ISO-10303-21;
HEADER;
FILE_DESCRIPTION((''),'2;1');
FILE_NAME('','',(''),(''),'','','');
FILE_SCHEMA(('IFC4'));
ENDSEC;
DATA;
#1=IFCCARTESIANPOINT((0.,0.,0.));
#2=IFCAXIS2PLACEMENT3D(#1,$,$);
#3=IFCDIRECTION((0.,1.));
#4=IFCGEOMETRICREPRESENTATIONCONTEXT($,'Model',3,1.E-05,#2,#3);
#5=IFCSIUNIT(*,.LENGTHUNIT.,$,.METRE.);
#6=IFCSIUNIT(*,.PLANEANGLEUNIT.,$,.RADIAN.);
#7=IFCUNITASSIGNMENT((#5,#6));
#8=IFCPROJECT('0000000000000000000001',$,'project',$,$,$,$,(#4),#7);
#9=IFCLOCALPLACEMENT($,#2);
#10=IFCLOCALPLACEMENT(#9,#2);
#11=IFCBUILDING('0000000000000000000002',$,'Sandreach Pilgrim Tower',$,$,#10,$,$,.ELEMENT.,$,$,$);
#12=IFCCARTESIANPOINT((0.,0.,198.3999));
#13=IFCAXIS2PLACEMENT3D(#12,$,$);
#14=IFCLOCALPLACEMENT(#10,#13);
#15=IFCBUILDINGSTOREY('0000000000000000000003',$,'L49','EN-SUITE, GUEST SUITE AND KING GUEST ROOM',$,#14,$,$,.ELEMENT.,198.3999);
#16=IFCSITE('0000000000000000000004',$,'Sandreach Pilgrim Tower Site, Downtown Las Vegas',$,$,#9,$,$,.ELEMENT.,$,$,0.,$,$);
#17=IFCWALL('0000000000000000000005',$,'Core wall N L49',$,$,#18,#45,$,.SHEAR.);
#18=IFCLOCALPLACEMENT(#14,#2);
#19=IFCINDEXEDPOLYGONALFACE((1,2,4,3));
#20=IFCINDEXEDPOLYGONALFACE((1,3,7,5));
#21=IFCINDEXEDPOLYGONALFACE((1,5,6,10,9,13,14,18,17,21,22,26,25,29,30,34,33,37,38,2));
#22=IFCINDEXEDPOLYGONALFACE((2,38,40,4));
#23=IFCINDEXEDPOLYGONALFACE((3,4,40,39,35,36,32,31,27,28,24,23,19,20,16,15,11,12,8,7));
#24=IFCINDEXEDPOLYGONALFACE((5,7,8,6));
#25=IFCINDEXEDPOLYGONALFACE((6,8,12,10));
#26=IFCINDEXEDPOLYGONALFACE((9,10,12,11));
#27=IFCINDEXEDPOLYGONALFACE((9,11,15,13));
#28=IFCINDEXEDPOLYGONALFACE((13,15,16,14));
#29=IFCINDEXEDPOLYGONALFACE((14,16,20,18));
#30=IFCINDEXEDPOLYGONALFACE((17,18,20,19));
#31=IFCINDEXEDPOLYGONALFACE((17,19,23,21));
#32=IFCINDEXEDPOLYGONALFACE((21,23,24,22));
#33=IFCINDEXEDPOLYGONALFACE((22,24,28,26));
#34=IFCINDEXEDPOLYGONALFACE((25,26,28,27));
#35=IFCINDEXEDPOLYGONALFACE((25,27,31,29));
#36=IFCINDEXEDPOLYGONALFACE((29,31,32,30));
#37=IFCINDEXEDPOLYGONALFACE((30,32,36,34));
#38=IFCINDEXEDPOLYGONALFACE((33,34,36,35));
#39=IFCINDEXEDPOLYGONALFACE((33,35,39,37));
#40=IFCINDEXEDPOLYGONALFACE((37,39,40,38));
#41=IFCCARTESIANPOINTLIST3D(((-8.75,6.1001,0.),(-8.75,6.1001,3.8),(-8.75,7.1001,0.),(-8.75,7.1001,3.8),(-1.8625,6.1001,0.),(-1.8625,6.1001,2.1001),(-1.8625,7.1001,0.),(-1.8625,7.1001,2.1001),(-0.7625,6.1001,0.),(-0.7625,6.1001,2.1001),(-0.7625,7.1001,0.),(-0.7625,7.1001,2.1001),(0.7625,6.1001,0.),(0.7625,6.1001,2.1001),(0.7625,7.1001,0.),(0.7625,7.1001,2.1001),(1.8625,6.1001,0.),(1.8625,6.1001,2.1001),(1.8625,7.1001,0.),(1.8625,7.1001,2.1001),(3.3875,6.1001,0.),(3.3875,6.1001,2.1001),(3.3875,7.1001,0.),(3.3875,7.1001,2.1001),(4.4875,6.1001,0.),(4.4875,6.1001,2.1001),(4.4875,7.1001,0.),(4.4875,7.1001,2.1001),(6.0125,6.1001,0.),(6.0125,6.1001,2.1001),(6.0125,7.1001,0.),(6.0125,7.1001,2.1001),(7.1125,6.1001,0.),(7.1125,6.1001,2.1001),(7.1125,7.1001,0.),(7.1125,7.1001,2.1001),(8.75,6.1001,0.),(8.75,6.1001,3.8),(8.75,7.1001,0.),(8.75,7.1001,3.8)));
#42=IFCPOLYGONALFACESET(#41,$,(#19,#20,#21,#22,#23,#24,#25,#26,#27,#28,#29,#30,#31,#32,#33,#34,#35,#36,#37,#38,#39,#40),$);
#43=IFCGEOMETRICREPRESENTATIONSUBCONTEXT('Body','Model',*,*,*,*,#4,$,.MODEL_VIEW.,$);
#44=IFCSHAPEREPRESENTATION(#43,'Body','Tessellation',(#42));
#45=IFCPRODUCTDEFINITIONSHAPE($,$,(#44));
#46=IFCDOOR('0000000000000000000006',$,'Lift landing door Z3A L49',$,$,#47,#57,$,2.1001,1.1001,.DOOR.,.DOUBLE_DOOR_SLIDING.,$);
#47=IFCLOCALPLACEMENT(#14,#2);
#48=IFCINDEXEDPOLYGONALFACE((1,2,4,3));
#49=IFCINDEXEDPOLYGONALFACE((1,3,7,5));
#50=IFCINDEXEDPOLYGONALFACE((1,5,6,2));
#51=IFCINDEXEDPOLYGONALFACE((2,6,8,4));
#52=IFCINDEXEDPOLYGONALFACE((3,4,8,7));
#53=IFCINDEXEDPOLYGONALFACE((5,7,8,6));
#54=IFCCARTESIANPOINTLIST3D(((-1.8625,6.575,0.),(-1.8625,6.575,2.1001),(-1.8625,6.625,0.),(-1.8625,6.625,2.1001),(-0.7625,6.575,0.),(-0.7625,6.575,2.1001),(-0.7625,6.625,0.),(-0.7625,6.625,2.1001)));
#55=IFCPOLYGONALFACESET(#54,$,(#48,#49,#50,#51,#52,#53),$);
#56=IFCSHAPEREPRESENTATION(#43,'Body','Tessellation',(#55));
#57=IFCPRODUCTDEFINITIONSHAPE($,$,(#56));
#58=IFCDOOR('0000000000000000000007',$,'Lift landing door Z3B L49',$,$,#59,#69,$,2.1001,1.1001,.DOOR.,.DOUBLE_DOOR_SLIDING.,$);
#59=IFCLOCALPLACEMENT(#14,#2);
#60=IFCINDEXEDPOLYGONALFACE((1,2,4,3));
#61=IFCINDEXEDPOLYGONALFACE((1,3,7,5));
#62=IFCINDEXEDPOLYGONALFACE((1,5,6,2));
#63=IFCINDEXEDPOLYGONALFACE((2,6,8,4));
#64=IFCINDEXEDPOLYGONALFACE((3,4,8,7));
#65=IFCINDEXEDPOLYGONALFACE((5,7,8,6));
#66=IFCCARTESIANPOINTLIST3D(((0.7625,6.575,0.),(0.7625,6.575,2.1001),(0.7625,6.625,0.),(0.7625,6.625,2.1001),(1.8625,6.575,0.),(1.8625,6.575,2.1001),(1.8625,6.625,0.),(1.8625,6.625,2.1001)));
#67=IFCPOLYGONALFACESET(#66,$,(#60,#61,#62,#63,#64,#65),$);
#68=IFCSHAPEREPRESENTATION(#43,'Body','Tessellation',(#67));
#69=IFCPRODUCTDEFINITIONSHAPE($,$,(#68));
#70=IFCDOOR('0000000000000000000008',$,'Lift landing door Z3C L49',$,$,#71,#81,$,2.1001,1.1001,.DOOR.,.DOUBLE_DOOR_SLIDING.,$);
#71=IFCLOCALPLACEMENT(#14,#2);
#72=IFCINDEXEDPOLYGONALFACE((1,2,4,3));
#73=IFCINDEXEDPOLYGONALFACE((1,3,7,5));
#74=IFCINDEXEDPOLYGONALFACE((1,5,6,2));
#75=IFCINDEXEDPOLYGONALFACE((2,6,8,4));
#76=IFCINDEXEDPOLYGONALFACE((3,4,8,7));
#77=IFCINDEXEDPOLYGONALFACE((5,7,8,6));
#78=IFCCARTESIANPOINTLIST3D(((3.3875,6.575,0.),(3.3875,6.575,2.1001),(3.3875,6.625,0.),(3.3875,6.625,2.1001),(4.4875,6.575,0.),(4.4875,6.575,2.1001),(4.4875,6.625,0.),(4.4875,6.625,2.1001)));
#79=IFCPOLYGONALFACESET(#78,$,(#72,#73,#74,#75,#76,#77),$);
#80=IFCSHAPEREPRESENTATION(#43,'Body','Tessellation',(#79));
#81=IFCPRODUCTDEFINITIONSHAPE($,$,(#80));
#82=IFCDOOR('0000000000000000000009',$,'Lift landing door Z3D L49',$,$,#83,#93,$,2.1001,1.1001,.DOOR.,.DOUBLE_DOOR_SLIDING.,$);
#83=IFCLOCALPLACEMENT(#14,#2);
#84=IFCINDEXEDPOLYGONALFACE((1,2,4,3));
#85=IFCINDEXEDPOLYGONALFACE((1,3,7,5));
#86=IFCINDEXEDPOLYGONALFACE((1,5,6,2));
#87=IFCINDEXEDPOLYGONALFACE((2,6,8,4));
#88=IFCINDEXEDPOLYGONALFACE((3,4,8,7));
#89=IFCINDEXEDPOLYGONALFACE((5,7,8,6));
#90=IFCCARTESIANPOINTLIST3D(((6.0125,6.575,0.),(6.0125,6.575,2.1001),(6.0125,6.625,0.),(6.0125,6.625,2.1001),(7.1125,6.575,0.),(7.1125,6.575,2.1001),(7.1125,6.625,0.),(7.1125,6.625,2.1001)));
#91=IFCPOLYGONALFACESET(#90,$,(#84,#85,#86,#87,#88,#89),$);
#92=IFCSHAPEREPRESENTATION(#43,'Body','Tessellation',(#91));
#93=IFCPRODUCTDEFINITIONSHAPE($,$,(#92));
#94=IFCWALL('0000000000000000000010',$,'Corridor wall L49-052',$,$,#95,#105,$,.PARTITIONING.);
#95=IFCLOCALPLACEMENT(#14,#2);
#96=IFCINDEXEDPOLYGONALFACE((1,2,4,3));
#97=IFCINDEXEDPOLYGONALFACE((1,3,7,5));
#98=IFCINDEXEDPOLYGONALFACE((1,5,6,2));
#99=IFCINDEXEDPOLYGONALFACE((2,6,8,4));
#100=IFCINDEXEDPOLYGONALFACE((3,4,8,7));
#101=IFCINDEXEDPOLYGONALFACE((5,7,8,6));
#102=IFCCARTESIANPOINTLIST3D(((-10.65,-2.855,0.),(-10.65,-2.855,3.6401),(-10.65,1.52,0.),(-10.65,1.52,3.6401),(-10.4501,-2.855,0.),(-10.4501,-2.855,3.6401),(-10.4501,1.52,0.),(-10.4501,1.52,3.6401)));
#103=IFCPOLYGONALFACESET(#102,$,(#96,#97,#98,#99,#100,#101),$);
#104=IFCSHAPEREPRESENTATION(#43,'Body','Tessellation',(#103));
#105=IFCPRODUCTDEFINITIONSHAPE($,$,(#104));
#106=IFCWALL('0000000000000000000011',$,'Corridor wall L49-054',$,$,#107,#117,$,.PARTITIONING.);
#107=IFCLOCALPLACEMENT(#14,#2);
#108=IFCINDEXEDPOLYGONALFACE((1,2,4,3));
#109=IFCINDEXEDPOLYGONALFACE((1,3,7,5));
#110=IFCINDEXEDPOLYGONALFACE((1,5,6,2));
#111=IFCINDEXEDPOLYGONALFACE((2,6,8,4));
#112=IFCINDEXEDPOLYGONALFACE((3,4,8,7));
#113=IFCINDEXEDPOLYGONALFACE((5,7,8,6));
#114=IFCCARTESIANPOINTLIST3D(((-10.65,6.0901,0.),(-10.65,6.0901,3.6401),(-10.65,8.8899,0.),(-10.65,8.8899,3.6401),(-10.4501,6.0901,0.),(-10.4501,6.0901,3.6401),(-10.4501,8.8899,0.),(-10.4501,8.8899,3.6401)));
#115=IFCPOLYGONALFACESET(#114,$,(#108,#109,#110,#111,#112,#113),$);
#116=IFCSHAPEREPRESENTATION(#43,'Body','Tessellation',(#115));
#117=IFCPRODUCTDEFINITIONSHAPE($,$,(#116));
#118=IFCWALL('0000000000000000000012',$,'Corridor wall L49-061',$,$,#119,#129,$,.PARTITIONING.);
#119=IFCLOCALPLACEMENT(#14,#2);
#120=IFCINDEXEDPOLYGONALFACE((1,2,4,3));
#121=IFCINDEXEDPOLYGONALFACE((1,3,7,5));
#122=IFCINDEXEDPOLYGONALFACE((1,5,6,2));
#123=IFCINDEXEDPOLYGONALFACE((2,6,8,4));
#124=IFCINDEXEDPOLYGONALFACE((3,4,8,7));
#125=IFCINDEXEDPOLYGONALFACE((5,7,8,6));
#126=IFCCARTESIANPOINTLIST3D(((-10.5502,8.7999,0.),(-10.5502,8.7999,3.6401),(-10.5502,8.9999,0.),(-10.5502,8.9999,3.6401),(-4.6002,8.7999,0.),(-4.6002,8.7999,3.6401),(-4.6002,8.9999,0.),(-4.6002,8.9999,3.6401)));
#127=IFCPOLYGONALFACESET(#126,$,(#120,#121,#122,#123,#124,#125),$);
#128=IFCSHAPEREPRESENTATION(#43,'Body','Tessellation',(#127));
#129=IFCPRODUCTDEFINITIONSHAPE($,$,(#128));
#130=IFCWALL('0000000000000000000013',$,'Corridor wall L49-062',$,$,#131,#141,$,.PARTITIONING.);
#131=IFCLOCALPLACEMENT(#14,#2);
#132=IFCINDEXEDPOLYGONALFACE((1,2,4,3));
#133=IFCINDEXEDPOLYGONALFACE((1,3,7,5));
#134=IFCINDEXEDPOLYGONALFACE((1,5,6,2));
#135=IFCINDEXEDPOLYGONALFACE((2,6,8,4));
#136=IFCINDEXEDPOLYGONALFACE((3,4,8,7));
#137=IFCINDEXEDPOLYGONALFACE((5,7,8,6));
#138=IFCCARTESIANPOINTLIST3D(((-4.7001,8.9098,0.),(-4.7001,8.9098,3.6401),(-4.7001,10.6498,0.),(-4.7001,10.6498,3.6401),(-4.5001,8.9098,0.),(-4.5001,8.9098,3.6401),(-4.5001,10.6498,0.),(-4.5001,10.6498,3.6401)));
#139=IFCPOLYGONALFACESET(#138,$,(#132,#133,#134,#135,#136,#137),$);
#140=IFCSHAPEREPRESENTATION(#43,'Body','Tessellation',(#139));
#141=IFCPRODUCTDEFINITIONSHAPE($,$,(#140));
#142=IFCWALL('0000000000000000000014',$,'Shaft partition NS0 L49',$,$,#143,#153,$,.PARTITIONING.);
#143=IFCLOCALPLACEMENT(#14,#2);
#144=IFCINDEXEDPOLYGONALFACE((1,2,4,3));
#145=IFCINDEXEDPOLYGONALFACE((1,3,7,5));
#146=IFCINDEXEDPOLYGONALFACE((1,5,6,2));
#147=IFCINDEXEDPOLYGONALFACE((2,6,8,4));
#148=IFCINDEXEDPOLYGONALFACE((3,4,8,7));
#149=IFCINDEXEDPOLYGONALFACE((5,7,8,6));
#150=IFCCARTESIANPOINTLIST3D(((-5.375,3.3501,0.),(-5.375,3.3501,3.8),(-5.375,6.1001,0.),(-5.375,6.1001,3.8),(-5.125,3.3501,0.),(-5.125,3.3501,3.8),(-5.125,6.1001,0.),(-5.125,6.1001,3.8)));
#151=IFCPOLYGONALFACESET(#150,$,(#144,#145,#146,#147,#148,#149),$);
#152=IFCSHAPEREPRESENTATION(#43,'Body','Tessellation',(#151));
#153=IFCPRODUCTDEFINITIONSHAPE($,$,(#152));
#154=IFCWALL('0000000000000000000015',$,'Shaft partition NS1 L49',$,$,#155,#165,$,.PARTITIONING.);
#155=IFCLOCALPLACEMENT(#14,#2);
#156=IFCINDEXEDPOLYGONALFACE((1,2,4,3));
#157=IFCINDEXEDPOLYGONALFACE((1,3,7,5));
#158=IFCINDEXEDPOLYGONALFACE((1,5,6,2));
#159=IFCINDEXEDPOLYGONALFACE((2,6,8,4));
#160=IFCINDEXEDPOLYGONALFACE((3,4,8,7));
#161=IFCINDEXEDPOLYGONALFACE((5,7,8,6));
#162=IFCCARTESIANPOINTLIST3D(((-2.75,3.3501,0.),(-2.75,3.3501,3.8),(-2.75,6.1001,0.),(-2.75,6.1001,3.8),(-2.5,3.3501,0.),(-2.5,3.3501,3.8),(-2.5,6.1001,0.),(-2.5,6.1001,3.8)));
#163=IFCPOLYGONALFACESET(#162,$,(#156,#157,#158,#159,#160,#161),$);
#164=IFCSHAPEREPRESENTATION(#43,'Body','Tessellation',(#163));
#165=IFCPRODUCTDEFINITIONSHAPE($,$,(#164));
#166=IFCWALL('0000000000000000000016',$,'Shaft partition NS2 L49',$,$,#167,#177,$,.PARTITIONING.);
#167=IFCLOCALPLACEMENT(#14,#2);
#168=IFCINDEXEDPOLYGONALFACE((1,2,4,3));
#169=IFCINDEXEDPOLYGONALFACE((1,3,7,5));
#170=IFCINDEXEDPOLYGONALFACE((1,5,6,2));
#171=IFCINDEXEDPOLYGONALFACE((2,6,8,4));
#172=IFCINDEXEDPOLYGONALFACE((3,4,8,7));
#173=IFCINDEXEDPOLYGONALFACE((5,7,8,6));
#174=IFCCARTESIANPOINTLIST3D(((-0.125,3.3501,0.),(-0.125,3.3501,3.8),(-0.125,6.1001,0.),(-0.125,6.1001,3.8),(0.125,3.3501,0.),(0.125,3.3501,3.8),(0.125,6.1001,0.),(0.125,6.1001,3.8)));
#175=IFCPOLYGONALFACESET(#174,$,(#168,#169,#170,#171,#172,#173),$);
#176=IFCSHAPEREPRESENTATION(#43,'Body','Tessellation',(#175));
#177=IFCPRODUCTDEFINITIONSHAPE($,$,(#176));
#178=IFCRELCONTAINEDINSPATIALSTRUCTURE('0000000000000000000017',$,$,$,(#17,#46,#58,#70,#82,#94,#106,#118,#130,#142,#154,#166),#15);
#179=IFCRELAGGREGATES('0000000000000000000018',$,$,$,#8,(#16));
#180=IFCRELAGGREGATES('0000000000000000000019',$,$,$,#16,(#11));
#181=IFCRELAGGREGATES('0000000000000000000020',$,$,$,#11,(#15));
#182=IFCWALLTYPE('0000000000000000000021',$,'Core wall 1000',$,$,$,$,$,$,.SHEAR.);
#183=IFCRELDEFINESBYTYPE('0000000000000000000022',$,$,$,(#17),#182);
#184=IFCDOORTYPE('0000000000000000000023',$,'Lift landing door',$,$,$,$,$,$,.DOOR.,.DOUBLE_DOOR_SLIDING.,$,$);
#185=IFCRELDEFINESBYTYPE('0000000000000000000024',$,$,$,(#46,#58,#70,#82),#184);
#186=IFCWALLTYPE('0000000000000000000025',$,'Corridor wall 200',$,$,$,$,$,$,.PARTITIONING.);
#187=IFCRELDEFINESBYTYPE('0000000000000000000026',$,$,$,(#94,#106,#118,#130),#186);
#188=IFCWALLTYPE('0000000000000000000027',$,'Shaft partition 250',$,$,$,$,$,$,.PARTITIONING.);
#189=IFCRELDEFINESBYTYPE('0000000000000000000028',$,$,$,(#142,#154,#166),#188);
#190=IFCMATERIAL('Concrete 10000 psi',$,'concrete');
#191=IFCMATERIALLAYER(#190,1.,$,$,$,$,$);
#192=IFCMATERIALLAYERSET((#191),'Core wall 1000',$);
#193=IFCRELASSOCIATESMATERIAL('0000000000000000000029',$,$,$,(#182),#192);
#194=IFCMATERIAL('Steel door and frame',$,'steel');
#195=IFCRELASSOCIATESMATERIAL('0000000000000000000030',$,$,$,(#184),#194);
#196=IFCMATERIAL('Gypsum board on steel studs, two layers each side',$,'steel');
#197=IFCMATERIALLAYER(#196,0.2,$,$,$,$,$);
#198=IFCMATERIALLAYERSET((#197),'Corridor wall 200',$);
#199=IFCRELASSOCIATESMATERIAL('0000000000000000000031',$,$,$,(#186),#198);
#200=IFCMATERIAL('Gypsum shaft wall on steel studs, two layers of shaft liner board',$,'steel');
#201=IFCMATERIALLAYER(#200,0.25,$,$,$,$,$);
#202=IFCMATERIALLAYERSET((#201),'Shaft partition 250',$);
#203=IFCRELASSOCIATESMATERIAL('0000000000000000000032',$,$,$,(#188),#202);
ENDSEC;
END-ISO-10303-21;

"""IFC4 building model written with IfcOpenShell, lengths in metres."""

from ifc_helpers import new_model, si_unit, direction, frame, frame_2d, origin, place, context, subcontext, project, spatial, rectangle, extrude, material, layer, layer_set, type_object, element, fill, save


model = new_model("IFC4")

# Units and contexts
model_context = context("Model", 3, precision=1e-05, world=origin(), true_north=direction((0.0, 1.0)))
body_context = subcontext(model_context, "Body", "Model", "MODEL_VIEW")
ifc_project = project(units=[si_unit("LENGTHUNIT", "METRE"), si_unit("PLANEANGLEUNIT", "RADIAN")], contexts=[model_context])

# Site, building, storey
site_placement = place(None, origin())
site = spatial("IfcSite", under=ifc_project, at=site_placement, Name="Sandreach Pilgrim Tower Site, Downtown Las Vegas", CompositionType="ELEMENT", RefElevation=0.0)
building_placement = place(site_placement, origin())
building = spatial("IfcBuilding", under=site, at=building_placement, Name="Sandreach Pilgrim Tower", CompositionType="ELEMENT")
storey_placement = place(building_placement, frame((0.0, 0.0, 198.3999)))
storey = spatial("IfcBuildingStorey", under=building, at=storey_placement, Name="L49", Description="EN-SUITE, GUEST SUITE AND KING GUEST ROOM", CompositionType="ELEMENT", Elevation=198.3999)

# Wall, openings, doors
ifc_material_1 = material(Name="Concrete 10000 psi", Category="concrete")
ifc_layer_1 = layer(ifc_material_1, 1.0)
ifc_layer_set_1 = layer_set([ifc_layer_1], Name="Core wall 1000")
wall_type_1 = type_object("IfcWallType", Name="Core wall 1000", PredefinedType="SHEAR", material=ifc_layer_set_1)
wall_1_placement = place(storey_placement, frame((-8.75, 6.6001, 0.0), z_axis=(0.0, 0.0, 1.0), x_axis=(1.0, 0.0, 0.0)))
wall_1 = element("IfcWall", 1, at=wall_1_placement, inside=storey, type_object=wall_type_1, Name="Core wall N L49", PredefinedType="SHEAR", context=body_context, shape_type="SweptSolid", body=[
    extrude(rectangle(XDim=17.5, YDim=1.0, at=frame_2d((8.75, 0.0))), origin(), (0.0, 0.0, 1.0), 3.8),
])
opening_1_placement = place(wall_1_placement, frame((6.8875, 0.0, 0.0)))
opening_1 = element("IfcOpeningElement", 2, at=opening_1_placement, cuts=wall_1, PredefinedType="OPENING", context=body_context, shape_type="SweptSolid", body=[
    extrude(rectangle(XDim=1.1001, YDim=2.1001, at=frame_2d((0.55, 1.05))), frame((0.0, 0.5, 0.0), z_axis=(0.0, -1.0, 0.0), x_axis=(1.0, 0.0, 0.0)), (0.0, 0.0, 1.0), 1.0),
])
opening_2_placement = place(wall_1_placement, frame((9.5125, 0.0, 0.0)))
opening_2 = element("IfcOpeningElement", 3, at=opening_2_placement, cuts=wall_1, PredefinedType="OPENING", context=body_context, shape_type="SweptSolid", body=[
    extrude(rectangle(XDim=1.1001, YDim=2.1001, at=frame_2d((0.55, 1.05))), frame((0.0, 0.5, 0.0), z_axis=(0.0, -1.0, 0.0), x_axis=(1.0, 0.0, 0.0)), (0.0, 0.0, 1.0), 1.0),
])
opening_3_placement = place(wall_1_placement, frame((12.1375, 0.0, 0.0)))
opening_3 = element("IfcOpeningElement", 4, at=opening_3_placement, cuts=wall_1, PredefinedType="OPENING", context=body_context, shape_type="SweptSolid", body=[
    extrude(rectangle(XDim=1.1001, YDim=2.1001, at=frame_2d((0.55, 1.05))), frame((0.0, 0.5, 0.0), z_axis=(0.0, -1.0, 0.0), x_axis=(1.0, 0.0, 0.0)), (0.0, 0.0, 1.0), 1.0),
])
opening_4_placement = place(wall_1_placement, frame((14.7625, 0.0, 0.0)))
opening_4 = element("IfcOpeningElement", 5, at=opening_4_placement, cuts=wall_1, PredefinedType="OPENING", context=body_context, shape_type="SweptSolid", body=[
    extrude(rectangle(XDim=1.1001, YDim=2.1001, at=frame_2d((0.55, 1.05))), frame((0.0, 0.5, 0.0), z_axis=(0.0, -1.0, 0.0), x_axis=(1.0, 0.0, 0.0)), (0.0, 0.0, 1.0), 1.0),
])
ifc_material_2 = material(Name="Steel door and frame", Category="steel")
door_type_1 = type_object("IfcDoorType", Name="Lift landing door", OperationType="DOUBLE_DOOR_SLIDING", PredefinedType="DOOR", material=ifc_material_2)
door_1_placement = place(opening_1_placement, origin())
door_1 = element("IfcDoor", 6, at=door_1_placement, inside=storey, type_object=door_type_1, Name="Lift landing door Z3A L49", OperationType="DOUBLE_DOOR_SLIDING", OverallHeight=2.1001, OverallWidth=1.1001, PredefinedType="DOOR", context=body_context, shape_type="SweptSolid", body=[
    extrude(rectangle(XDim=1.1001, YDim=2.1001, at=frame_2d((0.55, 1.05))), frame((0.0, 0.0249, 0.0), z_axis=(0.0, -1.0, 0.0), x_axis=(1.0, 0.0, 0.0)), (0.0, 0.0, 1.0), 0.05),
])
fill(opening_1, door_1)
door_2_placement = place(opening_2_placement, origin())
door_2 = element("IfcDoor", 7, at=door_2_placement, inside=storey, type_object=door_type_1, Name="Lift landing door Z3B L49", OperationType="DOUBLE_DOOR_SLIDING", OverallHeight=2.1001, OverallWidth=1.1001, PredefinedType="DOOR", context=body_context, shape_type="SweptSolid", body=[
    extrude(rectangle(XDim=1.1001, YDim=2.1001, at=frame_2d((0.55, 1.05))), frame((0.0, 0.0249, 0.0), z_axis=(0.0, -1.0, 0.0), x_axis=(1.0, 0.0, 0.0)), (0.0, 0.0, 1.0), 0.05),
])
fill(opening_2, door_2)
door_3_placement = place(opening_3_placement, origin())
door_3 = element("IfcDoor", 8, at=door_3_placement, inside=storey, type_object=door_type_1, Name="Lift landing door Z3C L49", OperationType="DOUBLE_DOOR_SLIDING", OverallHeight=2.1001, OverallWidth=1.1001, PredefinedType="DOOR", context=body_context, shape_type="SweptSolid", body=[
    extrude(rectangle(XDim=1.1001, YDim=2.1001, at=frame_2d((0.55, 1.05))), frame((0.0, 0.0249, 0.0), z_axis=(0.0, -1.0, 0.0), x_axis=(1.0, 0.0, 0.0)), (0.0, 0.0, 1.0), 0.05),
])
fill(opening_3, door_3)
door_4_placement = place(opening_4_placement, origin())
door_4 = element("IfcDoor", 9, at=door_4_placement, inside=storey, type_object=door_type_1, Name="Lift landing door Z3D L49", OperationType="DOUBLE_DOOR_SLIDING", OverallHeight=2.1001, OverallWidth=1.1001, PredefinedType="DOOR", context=body_context, shape_type="SweptSolid", body=[
    extrude(rectangle(XDim=1.1001, YDim=2.1001, at=frame_2d((0.55, 1.05))), frame((0.0, 0.0249, 0.0), z_axis=(0.0, -1.0, 0.0), x_axis=(1.0, 0.0, 0.0)), (0.0, 0.0, 1.0), 0.05),
])
fill(opening_4, door_4)

# Wall
ifc_material_3 = material(Name="Gypsum board on steel studs, two layers each side", Category="steel")
ifc_layer_2 = layer(ifc_material_3, 0.2)
ifc_layer_set_2 = layer_set([ifc_layer_2], Name="Corridor wall 200")
wall_type_2 = type_object("IfcWallType", Name="Corridor wall 200", PredefinedType="PARTITIONING", material=ifc_layer_set_2)
wall_2_placement = place(storey_placement, frame((-10.55, 1.52, 0.0), z_axis=(0.0, 0.0, 1.0), x_axis=(0.0, -1.0, 0.0)))
element("IfcWall", 10, at=wall_2_placement, inside=storey, type_object=wall_type_2, Name="Corridor wall L49-052", PredefinedType="PARTITIONING", context=body_context, shape_type="SweptSolid", body=[
    extrude(rectangle(XDim=4.375, YDim=0.2, at=frame_2d((2.1875, 0.0))), origin(), (0.0, 0.0, 1.0), 3.6401),
])

# Walls
wall_3_placement = place(storey_placement, frame((-10.55, 8.8899, 0.0), z_axis=(0.0, 0.0, 1.0), x_axis=(0.0, -1.0, 0.0)))
element("IfcWall", 11, at=wall_3_placement, inside=storey, type_object=wall_type_2, Name="Corridor wall L49-054", PredefinedType="PARTITIONING", context=body_context, shape_type="SweptSolid", body=[
    extrude(rectangle(XDim=2.7998, YDim=0.2, at=frame_2d((1.3999, 0.0))), origin(), (0.0, 0.0, 1.0), 3.6401),
])
wall_4_placement = place(storey_placement, frame((-4.6001, 8.8999, 0.0), z_axis=(0.0, 0.0, 1.0), x_axis=(-1.0, 0.0, 0.0)))
element("IfcWall", 12, at=wall_4_placement, inside=storey, type_object=wall_type_2, Name="Corridor wall L49-061", PredefinedType="PARTITIONING", context=body_context, shape_type="SweptSolid", body=[
    extrude(rectangle(XDim=5.95, YDim=0.2, at=frame_2d((2.9751, 0.0))), origin(), (0.0, 0.0, 1.0), 3.6401),
])
wall_5_placement = place(storey_placement, frame((-4.6001, 10.6499, 0.0), z_axis=(0.0, 0.0, 1.0), x_axis=(0.0, -1.0, 0.0)))
element("IfcWall", 13, at=wall_5_placement, inside=storey, type_object=wall_type_2, Name="Corridor wall L49-062", PredefinedType="PARTITIONING", context=body_context, shape_type="SweptSolid", body=[
    extrude(rectangle(XDim=1.74, YDim=0.2, at=frame_2d((0.8701, 0.0))), origin(), (0.0, 0.0, 1.0), 3.6401),
])

# Walls
ifc_material_4 = material(Name="Gypsum shaft wall on steel studs, two layers of shaft liner board", Category="steel")
ifc_layer_3 = layer(ifc_material_4, 0.25)
ifc_layer_set_3 = layer_set([ifc_layer_3], Name="Shaft partition 250")
wall_type_3 = type_object("IfcWallType", Name="Shaft partition 250", PredefinedType="PARTITIONING", material=ifc_layer_set_3)
for number, where, z_axis, x_axis, name in (
    (14, (-5.25, 3.3501, 0.0), (0.0, 0.0, 1.0), (0.0, 1.0, 0.0), "Shaft partition NS0 L49"),
    (15, (-2.625, 3.3501, 0.0), (0.0, 0.0, 1.0), (0.0, 1.0, 0.0), "Shaft partition NS1 L49"),
    (16, (0.0, 3.3501, 0.0), (0.0, 0.0, 1.0), (0.0, 1.0, 0.0), "Shaft partition NS2 L49"),
):
    element("IfcWall", number, at=place(storey_placement, frame(where, z_axis=z_axis, x_axis=x_axis)), inside=storey, type_object=wall_type_3, Name=name, PredefinedType="PARTITIONING", context=body_context, shape_type="SweptSolid", body=[
        extrude(rectangle(XDim=2.75, YDim=0.25, at=frame_2d((1.375, 0.0))), origin(), (0.0, 0.0, 1.0), 3.8),
    ])

save(model, "model.ifc")
